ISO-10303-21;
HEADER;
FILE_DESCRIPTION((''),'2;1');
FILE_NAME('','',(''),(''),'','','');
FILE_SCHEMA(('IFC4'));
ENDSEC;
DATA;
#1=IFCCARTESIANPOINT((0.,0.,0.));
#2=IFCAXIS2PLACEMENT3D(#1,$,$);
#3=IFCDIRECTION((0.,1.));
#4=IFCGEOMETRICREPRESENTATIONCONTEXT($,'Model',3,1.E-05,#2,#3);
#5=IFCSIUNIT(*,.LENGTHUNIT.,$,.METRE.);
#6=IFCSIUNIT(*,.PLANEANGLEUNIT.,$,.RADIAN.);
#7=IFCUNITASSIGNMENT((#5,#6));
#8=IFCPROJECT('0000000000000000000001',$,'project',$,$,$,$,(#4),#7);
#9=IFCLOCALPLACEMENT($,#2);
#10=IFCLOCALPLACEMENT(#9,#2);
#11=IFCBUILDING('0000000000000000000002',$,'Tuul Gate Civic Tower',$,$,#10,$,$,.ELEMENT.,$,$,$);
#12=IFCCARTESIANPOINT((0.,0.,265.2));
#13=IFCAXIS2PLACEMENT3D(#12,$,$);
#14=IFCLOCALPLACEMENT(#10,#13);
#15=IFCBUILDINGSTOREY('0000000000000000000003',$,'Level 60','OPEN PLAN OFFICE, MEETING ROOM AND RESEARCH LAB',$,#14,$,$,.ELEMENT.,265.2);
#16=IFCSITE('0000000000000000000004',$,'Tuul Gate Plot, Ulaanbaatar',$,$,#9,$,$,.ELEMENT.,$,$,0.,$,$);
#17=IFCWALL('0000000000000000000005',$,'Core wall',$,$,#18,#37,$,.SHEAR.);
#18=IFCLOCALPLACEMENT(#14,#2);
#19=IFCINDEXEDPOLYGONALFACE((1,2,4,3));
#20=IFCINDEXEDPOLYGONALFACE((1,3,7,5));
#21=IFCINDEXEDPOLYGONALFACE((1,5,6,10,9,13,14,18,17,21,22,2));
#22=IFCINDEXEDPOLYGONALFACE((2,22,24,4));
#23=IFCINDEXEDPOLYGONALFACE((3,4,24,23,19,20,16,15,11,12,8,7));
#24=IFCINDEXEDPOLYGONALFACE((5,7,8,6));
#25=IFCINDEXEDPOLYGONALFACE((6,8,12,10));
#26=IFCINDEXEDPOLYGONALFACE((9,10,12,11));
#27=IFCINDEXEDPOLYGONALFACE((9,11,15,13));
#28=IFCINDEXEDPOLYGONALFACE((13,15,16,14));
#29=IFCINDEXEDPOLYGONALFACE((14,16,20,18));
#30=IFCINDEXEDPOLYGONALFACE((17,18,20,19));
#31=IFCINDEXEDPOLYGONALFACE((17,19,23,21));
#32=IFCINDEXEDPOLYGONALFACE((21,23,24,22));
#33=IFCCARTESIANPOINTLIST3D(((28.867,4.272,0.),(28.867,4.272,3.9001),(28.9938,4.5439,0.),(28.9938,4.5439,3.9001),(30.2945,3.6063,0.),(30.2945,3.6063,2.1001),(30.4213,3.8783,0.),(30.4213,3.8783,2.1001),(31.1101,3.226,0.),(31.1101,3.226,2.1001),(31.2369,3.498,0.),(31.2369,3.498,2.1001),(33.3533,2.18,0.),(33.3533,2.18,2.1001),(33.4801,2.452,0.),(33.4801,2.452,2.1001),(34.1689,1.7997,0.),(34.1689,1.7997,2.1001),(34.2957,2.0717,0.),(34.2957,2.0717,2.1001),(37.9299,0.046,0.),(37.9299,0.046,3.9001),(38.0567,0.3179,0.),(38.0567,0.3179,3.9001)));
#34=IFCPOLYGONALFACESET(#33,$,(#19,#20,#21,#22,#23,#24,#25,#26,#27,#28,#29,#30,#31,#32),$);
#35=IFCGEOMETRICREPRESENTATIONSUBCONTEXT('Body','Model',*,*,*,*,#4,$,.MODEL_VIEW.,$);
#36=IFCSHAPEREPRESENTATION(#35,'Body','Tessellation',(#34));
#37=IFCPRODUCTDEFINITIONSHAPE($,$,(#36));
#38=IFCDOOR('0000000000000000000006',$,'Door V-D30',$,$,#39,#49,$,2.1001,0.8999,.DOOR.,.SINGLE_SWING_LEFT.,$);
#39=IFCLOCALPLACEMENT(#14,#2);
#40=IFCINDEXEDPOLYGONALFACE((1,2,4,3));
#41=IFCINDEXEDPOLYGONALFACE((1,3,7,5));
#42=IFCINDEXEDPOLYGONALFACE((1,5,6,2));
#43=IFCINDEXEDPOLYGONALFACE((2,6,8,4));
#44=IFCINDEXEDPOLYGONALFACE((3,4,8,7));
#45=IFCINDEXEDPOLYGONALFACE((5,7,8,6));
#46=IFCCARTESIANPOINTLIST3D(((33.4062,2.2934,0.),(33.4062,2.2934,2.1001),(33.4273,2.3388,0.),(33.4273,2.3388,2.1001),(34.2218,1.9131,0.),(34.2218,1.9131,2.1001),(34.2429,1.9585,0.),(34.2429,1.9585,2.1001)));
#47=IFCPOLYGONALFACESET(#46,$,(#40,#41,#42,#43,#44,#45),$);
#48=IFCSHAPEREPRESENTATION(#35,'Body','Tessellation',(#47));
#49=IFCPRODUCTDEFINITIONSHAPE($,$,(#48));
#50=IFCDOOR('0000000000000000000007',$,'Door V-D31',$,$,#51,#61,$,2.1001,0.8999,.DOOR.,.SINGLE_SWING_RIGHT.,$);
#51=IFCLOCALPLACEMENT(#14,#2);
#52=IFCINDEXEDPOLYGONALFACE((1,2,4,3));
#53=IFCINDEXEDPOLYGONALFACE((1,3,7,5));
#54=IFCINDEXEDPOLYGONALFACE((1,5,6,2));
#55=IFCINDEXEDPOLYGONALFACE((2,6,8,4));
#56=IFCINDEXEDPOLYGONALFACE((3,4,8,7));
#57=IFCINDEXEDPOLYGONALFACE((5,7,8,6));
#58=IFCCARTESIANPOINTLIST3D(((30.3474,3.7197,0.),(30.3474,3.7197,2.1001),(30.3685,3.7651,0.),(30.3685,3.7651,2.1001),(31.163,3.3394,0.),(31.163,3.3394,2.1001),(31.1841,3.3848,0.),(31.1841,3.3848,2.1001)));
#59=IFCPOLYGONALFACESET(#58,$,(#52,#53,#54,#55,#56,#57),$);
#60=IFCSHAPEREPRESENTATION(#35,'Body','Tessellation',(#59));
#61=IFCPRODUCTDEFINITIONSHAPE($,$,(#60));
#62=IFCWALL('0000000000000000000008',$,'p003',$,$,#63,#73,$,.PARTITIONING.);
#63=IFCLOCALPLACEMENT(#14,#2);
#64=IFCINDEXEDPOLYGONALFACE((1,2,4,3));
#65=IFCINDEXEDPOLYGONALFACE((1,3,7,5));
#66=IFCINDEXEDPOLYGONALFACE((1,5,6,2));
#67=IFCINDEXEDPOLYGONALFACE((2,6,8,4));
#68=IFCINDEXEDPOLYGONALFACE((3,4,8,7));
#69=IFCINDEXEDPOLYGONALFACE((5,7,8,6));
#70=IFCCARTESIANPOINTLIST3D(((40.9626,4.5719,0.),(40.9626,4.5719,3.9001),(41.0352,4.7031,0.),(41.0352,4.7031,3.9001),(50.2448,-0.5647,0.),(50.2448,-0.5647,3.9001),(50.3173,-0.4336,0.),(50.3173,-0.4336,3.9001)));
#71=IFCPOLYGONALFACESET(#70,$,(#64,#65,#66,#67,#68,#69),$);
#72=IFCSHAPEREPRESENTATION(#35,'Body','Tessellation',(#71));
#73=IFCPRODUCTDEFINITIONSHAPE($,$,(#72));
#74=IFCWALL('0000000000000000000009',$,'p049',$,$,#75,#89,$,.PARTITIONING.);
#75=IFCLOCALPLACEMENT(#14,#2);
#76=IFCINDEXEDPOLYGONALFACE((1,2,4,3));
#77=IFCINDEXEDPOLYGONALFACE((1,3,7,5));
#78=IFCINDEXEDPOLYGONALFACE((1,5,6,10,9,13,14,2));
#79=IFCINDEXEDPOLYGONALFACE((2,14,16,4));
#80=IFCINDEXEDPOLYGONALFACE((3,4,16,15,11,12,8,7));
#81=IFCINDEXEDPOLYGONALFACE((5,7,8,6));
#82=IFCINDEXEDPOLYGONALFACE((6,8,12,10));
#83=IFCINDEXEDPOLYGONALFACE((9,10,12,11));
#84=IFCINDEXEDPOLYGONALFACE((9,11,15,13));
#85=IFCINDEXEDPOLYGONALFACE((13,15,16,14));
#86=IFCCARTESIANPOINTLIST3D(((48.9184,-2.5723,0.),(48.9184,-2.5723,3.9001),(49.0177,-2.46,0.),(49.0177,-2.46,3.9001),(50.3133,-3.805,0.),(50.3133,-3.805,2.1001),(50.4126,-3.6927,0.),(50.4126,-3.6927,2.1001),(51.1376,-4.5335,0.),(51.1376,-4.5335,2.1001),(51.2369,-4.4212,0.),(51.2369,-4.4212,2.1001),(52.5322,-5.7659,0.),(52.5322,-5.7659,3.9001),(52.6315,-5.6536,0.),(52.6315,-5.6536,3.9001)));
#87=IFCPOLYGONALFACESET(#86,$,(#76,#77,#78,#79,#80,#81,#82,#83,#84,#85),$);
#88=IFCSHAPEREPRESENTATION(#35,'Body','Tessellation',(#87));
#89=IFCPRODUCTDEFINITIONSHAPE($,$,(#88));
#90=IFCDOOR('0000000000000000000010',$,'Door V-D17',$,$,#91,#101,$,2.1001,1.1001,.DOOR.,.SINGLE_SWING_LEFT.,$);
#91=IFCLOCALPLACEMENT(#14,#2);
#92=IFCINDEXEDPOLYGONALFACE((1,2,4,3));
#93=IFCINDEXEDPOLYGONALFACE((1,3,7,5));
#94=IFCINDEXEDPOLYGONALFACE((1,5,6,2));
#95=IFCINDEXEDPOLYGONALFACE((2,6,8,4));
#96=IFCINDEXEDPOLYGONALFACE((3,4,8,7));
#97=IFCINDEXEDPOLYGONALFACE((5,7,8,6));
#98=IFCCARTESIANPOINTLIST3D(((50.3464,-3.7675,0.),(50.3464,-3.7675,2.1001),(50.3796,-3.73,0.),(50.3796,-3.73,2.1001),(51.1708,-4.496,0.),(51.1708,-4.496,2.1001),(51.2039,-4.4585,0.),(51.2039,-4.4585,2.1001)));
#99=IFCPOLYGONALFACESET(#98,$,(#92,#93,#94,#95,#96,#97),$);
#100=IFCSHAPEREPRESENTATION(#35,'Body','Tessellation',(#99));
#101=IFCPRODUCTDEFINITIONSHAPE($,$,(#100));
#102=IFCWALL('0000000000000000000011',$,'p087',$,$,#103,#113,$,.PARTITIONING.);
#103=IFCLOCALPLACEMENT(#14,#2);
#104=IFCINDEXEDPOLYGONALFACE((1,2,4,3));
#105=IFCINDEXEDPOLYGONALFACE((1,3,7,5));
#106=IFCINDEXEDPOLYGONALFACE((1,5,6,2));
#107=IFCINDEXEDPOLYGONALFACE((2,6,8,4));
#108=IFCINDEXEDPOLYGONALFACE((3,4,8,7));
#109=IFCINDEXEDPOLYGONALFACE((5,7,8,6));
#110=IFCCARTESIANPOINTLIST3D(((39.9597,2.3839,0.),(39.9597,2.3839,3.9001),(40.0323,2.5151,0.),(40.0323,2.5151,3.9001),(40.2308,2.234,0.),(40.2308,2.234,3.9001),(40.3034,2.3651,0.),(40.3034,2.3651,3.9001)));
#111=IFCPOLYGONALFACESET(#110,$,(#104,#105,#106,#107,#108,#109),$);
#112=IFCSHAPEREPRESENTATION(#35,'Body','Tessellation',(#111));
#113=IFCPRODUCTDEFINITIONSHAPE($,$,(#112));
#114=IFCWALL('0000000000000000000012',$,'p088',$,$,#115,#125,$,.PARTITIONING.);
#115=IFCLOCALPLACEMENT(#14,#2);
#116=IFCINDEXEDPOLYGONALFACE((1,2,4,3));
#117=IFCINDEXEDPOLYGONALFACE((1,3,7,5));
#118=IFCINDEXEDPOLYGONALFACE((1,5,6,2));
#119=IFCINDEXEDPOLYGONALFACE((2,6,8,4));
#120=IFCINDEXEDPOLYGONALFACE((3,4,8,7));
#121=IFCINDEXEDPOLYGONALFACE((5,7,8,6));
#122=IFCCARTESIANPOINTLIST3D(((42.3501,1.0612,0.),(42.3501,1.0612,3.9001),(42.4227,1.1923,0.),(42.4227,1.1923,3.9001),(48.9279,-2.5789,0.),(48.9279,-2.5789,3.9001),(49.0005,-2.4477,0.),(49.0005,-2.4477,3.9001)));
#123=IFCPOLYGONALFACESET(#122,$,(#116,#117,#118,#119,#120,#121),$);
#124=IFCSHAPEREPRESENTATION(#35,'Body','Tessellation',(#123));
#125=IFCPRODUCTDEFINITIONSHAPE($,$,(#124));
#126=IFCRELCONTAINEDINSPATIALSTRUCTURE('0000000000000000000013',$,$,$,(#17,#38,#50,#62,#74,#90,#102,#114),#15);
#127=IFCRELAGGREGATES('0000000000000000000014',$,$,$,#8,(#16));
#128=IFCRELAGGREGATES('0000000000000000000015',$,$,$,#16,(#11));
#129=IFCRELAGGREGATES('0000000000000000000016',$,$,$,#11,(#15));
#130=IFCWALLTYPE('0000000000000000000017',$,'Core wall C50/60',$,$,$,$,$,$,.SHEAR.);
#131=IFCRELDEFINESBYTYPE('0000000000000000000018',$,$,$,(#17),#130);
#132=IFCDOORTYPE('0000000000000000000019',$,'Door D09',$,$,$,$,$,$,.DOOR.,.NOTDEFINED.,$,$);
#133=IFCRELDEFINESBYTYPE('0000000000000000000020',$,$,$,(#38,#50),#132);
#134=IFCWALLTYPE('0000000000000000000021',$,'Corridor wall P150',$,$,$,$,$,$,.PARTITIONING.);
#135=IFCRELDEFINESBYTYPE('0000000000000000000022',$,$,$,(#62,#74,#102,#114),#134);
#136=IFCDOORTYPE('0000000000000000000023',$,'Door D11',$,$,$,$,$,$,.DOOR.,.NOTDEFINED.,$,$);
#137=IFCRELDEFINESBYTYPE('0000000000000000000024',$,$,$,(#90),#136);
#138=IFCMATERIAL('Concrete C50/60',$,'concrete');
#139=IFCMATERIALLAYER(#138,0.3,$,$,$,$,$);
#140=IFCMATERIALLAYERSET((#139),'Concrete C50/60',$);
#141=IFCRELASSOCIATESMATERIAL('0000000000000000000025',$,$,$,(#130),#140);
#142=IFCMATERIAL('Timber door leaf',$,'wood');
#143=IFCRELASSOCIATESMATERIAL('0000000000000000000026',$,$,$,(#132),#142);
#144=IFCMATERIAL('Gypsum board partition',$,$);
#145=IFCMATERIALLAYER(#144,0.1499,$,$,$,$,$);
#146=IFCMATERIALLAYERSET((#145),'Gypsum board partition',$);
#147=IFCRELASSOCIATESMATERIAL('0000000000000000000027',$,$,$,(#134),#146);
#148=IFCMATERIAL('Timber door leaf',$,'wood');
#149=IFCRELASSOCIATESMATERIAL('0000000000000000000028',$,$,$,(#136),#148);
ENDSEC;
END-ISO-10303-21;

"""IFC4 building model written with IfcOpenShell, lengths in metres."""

from ifc_helpers import new_model, si_unit, direction, frame, frame_2d, origin, place, context, subcontext, project, spatial, rectangle, extrude, material, layer, layer_set, type_object, element, fill, save


model = new_model("IFC4")

# Units and contexts
model_context = context("Model", 3, precision=1e-05, world=origin(), true_north=direction((0.0, 1.0)))
body_context = subcontext(model_context, "Body", "Model", "MODEL_VIEW")
ifc_project = project(units=[si_unit("LENGTHUNIT", "METRE"), si_unit("PLANEANGLEUNIT", "RADIAN")], contexts=[model_context])

# Site, building, storey
site_placement = place(None, origin())
site = spatial("IfcSite", under=ifc_project, at=site_placement, Name="Tuul Gate Plot, Ulaanbaatar", CompositionType="ELEMENT", RefElevation=0.0)
building_placement = place(site_placement, origin())
building = spatial("IfcBuilding", under=site, at=building_placement, Name="Tuul Gate Civic Tower", CompositionType="ELEMENT")
storey_placement = place(building_placement, frame((0.0, 0.0, 265.2)))
storey = spatial("IfcBuildingStorey", under=building, at=storey_placement, Name="Level 60", Description="OPEN PLAN OFFICE, MEETING ROOM AND RESEARCH LAB", CompositionType="ELEMENT", Elevation=265.2)

# Shared definitions
ifc_material_1 = material(Name="Concrete C50/60", Category="concrete")
ifc_layer_1 = layer(ifc_material_1, 0.3)
ifc_layer_set_1 = layer_set([ifc_layer_1], Name="Concrete C50/60")
wall_type_1 = type_object("IfcWallType", Name="Core wall C50/60", PredefinedType="SHEAR", material=ifc_layer_set_1)

# Wall, openings, doors
wall_1_placement = place(storey_placement, frame((37.9934, 0.1819, 0.0), z_axis=(0.0, 0.0, 1.0), x_axis=(-0.90631, 0.422613, 0.0)))
wall_1 = element("IfcWall", 1, at=wall_1_placement, inside=storey, type_object=wall_type_1, Name="Core wall", PredefinedType="SHEAR", context=body_context, shape_type="SweptSolid", body=[
    extrude(rectangle(XDim=9.9998, YDim=0.3, at=frame_2d((5.0, 0.0))), origin(), (0.0, 0.0, 1.0), 3.9001),
])
opening_1_placement = place(wall_1_placement, frame((4.1499, 0.0, 0.0)))
opening_1 = element("IfcOpeningElement", 2, at=opening_1_placement, cuts=wall_1, PredefinedType="OPENING", context=body_context, shape_type="SweptSolid", body=[
    extrude(rectangle(XDim=0.8999, YDim=2.1001, at=frame_2d((0.45, 1.05))), frame((0.0, 0.1602, 0.0), z_axis=(0.0, -1.0, 0.0), x_axis=(1.0, 0.0, 0.0)), (0.0, 0.0, 1.0), 0.3201),
])
opening_2_placement = place(wall_1_placement, frame((7.5249, 0.0, 0.0)))
opening_2 = element("IfcOpeningElement", 3, at=opening_2_placement, cuts=wall_1, PredefinedType="OPENING", context=body_context, shape_type="SweptSolid", body=[
    extrude(rectangle(XDim=0.8999, YDim=2.1001, at=frame_2d((0.45, 1.05))), frame((0.0, 0.1602, 0.0), z_axis=(0.0, -1.0, 0.0), x_axis=(1.0, 0.0, 0.0)), (0.0, 0.0, 1.0), 0.3201),
])
ifc_material_2 = material(Name="Timber door leaf", Category="wood")
door_type_1 = type_object("IfcDoorType", Name="Door D09", OperationType="NOTDEFINED", PredefinedType="DOOR", material=ifc_material_2)
door_1_placement = place(opening_1_placement, origin())
door_1 = element("IfcDoor", 4, at=door_1_placement, inside=storey, type_object=door_type_1, Name="Door V-D30", OperationType="SINGLE_SWING_LEFT", OverallHeight=2.1001, OverallWidth=0.8999, PredefinedType="DOOR", context=body_context, shape_type="SweptSolid", body=[
    extrude(rectangle(XDim=0.8999, YDim=2.1001, at=frame_2d((0.45, 1.05))), frame((0.0, 0.0249, 0.0), z_axis=(0.0, -1.0, 0.0), x_axis=(1.0, 0.0, 0.0)), (0.0, 0.0, 1.0), 0.05),
])
fill(opening_1, door_1)
door_2_placement = place(opening_2_placement, origin())
door_2 = element("IfcDoor", 5, at=door_2_placement, inside=storey, type_object=door_type_1, Name="Door V-D31", OperationType="SINGLE_SWING_RIGHT", OverallHeight=2.1001, OverallWidth=0.8999, PredefinedType="DOOR", context=body_context, shape_type="SweptSolid", body=[
    extrude(rectangle(XDim=0.8999, YDim=2.1001, at=frame_2d((0.45, 1.05))), frame((0.0, 0.0249, 0.0), z_axis=(0.0, -1.0, 0.0), x_axis=(1.0, 0.0, 0.0)), (0.0, 0.0, 1.0), 0.05),
])
fill(opening_2, door_2)

# Wall
ifc_material_3 = material(Name="Gypsum board partition")
ifc_layer_2 = layer(ifc_material_3, 0.1499)
ifc_layer_set_2 = layer_set([ifc_layer_2], Name="Gypsum board partition")
wall_type_2 = type_object("IfcWallType", Name="Corridor wall P150", PredefinedType="PARTITIONING", material=ifc_layer_set_2)
wall_2_placement = place(storey_placement, frame((40.999, 4.6375, 0.0), z_axis=(0.0, 0.0, 1.0), x_axis=(0.874959, -0.484196, 0.0)))
element("IfcWall", 6, at=wall_2_placement, inside=storey, type_object=wall_type_2, Name="p003", PredefinedType="PARTITIONING", context=body_context, shape_type="SweptSolid", body=[
    extrude(rectangle(XDim=10.6086, YDim=0.1499, at=frame_2d((5.3042, 0.0))), origin(), (0.0, 0.0, 1.0), 3.9001),
])

# Wall, opening, door
wall_3_placement = place(storey_placement, frame((48.968, -2.5161, 0.0), z_axis=(0.0, 0.0, 1.0), x_axis=(0.749325, -0.662202, 0.0)))
wall_3 = element("IfcWall", 7, at=wall_3_placement, inside=storey, type_object=wall_type_2, Name="p049", PredefinedType="PARTITIONING", context=body_context, shape_type="SweptSolid", body=[
    extrude(rectangle(XDim=4.8228, YDim=0.1499, at=frame_2d((2.4114, 0.0))), origin(), (0.0, 0.0, 1.0), 3.9001),
])
opening_3_placement = place(wall_3_placement, frame((1.8616, 0.0, 0.0)))
opening_3 = element("IfcOpeningElement", 8, at=opening_3_placement, cuts=wall_3, PredefinedType="OPENING", context=body_context, shape_type="SweptSolid", body=[
    extrude(rectangle(XDim=1.1001, YDim=2.1001, at=frame_2d((0.55, 1.05))), frame((0.0, 0.085, 0.0), z_axis=(0.0, -1.0, 0.0), x_axis=(1.0, 0.0, 0.0)), (0.0, 0.0, 1.0), 0.1699),
])
ifc_material_4 = material(Name="Timber door leaf", Category="wood")
door_type_2 = type_object("IfcDoorType", Name="Door D11", OperationType="NOTDEFINED", PredefinedType="DOOR", material=ifc_material_4)
door_3_placement = place(opening_3_placement, frame((1.1001, 0.0, 0.0), z_axis=(0.0, 0.0, 1.0), x_axis=(-1.0, 0.0, 0.0)))
door_3 = element("IfcDoor", 9, at=door_3_placement, inside=storey, type_object=door_type_2, Name="Door V-D17", OperationType="SINGLE_SWING_LEFT", OverallHeight=2.1001, OverallWidth=1.1001, PredefinedType="DOOR", context=body_context, shape_type="SweptSolid", body=[
    extrude(rectangle(XDim=1.1001, YDim=2.1001, at=frame_2d((0.55, 1.05))), frame((0.0, 0.0249, 0.0), z_axis=(0.0, -1.0, 0.0), x_axis=(1.0, 0.0, 0.0)), (0.0, 0.0, 1.0), 0.05),
])
fill(opening_3, door_3)

# Walls
wall_4_placement = place(storey_placement, frame((39.9961, 2.4495, 0.0), z_axis=(0.0, 0.0, 1.0), x_axis=(0.875048, -0.484036, 0.0)))
element("IfcWall", 10, at=wall_4_placement, inside=storey, type_object=wall_type_2, Name="p087", PredefinedType="PARTITIONING", context=body_context, shape_type="SweptSolid", body=[
    extrude(rectangle(XDim=0.3098, YDim=0.1499, at=frame_2d((0.1548, 0.0))), origin(), (0.0, 0.0, 1.0), 3.9001),
])
wall_5_placement = place(storey_placement, frame((42.3865, 1.1267, 0.0), z_axis=(0.0, 0.0, 1.0), x_axis=(0.87496, -0.484195, 0.0)))
element("IfcWall", 11, at=wall_5_placement, inside=storey, type_object=wall_type_2, Name="p088", PredefinedType="PARTITIONING", context=body_context, shape_type="SweptSolid", body=[
    extrude(rectangle(XDim=7.5178, YDim=0.1499, at=frame_2d((3.7588, 0.0))), origin(), (0.0, 0.0, 1.0), 3.9001),
])

save(model, "model.ifc")
